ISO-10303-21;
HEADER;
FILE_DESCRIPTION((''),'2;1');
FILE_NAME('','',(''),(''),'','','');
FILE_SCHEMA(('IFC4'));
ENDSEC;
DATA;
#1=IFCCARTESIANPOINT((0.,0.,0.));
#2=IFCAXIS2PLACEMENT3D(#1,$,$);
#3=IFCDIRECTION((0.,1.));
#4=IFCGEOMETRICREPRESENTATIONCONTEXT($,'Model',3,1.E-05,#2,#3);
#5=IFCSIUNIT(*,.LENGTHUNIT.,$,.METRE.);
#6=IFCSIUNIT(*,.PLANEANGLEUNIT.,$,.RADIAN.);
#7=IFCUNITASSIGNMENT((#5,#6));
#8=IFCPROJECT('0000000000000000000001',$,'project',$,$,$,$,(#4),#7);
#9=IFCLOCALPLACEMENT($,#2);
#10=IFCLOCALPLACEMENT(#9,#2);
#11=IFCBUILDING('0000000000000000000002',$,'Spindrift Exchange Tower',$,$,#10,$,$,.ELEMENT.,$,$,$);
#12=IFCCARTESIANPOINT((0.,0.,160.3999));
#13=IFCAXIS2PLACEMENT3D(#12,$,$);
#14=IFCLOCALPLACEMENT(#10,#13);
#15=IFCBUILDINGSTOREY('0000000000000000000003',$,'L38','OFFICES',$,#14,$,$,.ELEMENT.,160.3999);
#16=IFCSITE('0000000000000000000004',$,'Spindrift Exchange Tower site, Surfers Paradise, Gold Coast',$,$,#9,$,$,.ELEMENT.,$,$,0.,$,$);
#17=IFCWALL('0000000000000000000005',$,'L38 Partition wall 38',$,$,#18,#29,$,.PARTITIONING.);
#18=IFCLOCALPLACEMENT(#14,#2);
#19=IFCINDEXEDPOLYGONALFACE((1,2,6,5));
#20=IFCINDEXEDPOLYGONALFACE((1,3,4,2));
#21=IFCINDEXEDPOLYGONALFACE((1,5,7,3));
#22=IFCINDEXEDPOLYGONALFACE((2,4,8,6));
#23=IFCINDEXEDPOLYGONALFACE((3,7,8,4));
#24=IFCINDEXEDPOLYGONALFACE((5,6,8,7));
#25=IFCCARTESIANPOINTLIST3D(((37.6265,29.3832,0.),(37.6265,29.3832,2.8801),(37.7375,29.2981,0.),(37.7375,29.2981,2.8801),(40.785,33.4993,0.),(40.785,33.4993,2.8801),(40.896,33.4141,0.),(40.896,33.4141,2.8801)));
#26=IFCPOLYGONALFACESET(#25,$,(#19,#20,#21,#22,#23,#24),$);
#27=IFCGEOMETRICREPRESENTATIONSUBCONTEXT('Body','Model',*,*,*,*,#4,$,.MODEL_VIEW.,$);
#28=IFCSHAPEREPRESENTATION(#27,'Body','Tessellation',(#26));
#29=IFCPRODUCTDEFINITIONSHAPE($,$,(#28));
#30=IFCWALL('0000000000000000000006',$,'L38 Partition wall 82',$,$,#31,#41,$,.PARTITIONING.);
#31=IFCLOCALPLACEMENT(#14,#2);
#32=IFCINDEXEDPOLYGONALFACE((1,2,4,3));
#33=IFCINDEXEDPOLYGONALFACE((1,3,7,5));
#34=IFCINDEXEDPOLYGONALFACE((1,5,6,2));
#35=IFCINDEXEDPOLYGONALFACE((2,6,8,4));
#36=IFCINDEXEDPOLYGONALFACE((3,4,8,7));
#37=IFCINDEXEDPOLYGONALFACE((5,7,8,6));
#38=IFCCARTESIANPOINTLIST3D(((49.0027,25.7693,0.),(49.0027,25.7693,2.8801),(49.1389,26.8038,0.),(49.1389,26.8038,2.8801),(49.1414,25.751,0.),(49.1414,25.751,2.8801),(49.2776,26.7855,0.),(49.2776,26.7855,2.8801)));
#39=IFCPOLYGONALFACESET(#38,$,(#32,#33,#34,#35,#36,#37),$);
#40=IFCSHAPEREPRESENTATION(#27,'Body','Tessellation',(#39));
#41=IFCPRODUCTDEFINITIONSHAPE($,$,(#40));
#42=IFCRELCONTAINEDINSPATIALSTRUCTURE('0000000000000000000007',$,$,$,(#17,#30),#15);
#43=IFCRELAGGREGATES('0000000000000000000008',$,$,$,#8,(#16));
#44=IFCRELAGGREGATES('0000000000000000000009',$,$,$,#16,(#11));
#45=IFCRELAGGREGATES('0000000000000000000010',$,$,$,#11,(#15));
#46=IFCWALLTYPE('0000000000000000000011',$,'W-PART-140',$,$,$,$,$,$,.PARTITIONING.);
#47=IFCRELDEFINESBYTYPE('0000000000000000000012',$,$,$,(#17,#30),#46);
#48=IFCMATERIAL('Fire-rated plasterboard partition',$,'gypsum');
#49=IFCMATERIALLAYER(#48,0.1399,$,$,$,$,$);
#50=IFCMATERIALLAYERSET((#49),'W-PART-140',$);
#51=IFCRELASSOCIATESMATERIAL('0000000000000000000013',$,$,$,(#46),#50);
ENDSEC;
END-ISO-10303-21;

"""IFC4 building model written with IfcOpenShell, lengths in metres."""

from ifc_helpers import new_model, si_unit, direction, frame, frame_2d, origin, place, context, subcontext, project, spatial, rectangle, extrude, material, layer, layer_set, type_object, element, save


model = new_model("IFC4")

# Units and contexts
model_context = context("Model", 3, precision=1e-05, world=origin(), true_north=direction((0.0, 1.0)))
body_context = subcontext(model_context, "Body", "Model", "MODEL_VIEW")
ifc_project = project(units=[si_unit("LENGTHUNIT", "METRE"), si_unit("PLANEANGLEUNIT", "RADIAN")], contexts=[model_context])

# Site, building, storey
site_placement = place(None, origin())
site = spatial("IfcSite", under=ifc_project, at=site_placement, Name="Spindrift Exchange Tower site, Surfers Paradise, Gold Coast", CompositionType="ELEMENT", RefElevation=0.0)
building_placement = place(site_placement, origin())
building = spatial("IfcBuilding", under=site, at=building_placement, Name="Spindrift Exchange Tower", CompositionType="ELEMENT")
storey_placement = place(building_placement, frame((0.0, 0.0, 160.3999)))
storey = spatial("IfcBuildingStorey", under=building, at=storey_placement, Name="L38", Description="OFFICES", CompositionType="ELEMENT", Elevation=160.3999)

# Shared definitions
ifc_material_1 = material(Name="Fire-rated plasterboard partition", Category="gypsum")
ifc_layer_1 = layer(ifc_material_1, 0.1399)
ifc_layer_set_1 = layer_set([ifc_layer_1], Name="W-PART-140")
wall_type = type_object("IfcWallType", Name="W-PART-140", PredefinedType="PARTITIONING", material=ifc_layer_set_1)

# Walls
wall_1_placement = place(storey_placement, frame((40.8406, 33.4568, 0.0), z_axis=(0.0, 0.0, 1.0), x_axis=(-0.60878, -0.793339, 0.0)))
element("IfcWall", 1, at=wall_1_placement, inside=storey, type_object=wall_type, Name="L38 Partition wall 38", PredefinedType="PARTITIONING", context=body_context, shape_type="SweptSolid", body=[
    extrude(rectangle(XDim=5.1882, YDim=0.1399, at=frame_2d((2.5942, 0.0))), origin(), (0.0, 0.0, 1.0), 2.8801),
])
wall_2_placement = place(storey_placement, frame((49.2083, 26.7947, 0.0), z_axis=(0.0, 0.0, 1.0), x_axis=(-0.13057, -0.991439, 0.0)))
element("IfcWall", 2, at=wall_2_placement, inside=storey, type_object=wall_type, Name="L38 Partition wall 82", PredefinedType="PARTITIONING", context=body_context, shape_type="SweptSolid", body=[
    extrude(rectangle(XDim=1.0435, YDim=0.1399, at=frame_2d((0.5217, 0.0))), origin(), (0.0, 0.0, 1.0), 2.8801),
])

save(model, "model.ifc")
